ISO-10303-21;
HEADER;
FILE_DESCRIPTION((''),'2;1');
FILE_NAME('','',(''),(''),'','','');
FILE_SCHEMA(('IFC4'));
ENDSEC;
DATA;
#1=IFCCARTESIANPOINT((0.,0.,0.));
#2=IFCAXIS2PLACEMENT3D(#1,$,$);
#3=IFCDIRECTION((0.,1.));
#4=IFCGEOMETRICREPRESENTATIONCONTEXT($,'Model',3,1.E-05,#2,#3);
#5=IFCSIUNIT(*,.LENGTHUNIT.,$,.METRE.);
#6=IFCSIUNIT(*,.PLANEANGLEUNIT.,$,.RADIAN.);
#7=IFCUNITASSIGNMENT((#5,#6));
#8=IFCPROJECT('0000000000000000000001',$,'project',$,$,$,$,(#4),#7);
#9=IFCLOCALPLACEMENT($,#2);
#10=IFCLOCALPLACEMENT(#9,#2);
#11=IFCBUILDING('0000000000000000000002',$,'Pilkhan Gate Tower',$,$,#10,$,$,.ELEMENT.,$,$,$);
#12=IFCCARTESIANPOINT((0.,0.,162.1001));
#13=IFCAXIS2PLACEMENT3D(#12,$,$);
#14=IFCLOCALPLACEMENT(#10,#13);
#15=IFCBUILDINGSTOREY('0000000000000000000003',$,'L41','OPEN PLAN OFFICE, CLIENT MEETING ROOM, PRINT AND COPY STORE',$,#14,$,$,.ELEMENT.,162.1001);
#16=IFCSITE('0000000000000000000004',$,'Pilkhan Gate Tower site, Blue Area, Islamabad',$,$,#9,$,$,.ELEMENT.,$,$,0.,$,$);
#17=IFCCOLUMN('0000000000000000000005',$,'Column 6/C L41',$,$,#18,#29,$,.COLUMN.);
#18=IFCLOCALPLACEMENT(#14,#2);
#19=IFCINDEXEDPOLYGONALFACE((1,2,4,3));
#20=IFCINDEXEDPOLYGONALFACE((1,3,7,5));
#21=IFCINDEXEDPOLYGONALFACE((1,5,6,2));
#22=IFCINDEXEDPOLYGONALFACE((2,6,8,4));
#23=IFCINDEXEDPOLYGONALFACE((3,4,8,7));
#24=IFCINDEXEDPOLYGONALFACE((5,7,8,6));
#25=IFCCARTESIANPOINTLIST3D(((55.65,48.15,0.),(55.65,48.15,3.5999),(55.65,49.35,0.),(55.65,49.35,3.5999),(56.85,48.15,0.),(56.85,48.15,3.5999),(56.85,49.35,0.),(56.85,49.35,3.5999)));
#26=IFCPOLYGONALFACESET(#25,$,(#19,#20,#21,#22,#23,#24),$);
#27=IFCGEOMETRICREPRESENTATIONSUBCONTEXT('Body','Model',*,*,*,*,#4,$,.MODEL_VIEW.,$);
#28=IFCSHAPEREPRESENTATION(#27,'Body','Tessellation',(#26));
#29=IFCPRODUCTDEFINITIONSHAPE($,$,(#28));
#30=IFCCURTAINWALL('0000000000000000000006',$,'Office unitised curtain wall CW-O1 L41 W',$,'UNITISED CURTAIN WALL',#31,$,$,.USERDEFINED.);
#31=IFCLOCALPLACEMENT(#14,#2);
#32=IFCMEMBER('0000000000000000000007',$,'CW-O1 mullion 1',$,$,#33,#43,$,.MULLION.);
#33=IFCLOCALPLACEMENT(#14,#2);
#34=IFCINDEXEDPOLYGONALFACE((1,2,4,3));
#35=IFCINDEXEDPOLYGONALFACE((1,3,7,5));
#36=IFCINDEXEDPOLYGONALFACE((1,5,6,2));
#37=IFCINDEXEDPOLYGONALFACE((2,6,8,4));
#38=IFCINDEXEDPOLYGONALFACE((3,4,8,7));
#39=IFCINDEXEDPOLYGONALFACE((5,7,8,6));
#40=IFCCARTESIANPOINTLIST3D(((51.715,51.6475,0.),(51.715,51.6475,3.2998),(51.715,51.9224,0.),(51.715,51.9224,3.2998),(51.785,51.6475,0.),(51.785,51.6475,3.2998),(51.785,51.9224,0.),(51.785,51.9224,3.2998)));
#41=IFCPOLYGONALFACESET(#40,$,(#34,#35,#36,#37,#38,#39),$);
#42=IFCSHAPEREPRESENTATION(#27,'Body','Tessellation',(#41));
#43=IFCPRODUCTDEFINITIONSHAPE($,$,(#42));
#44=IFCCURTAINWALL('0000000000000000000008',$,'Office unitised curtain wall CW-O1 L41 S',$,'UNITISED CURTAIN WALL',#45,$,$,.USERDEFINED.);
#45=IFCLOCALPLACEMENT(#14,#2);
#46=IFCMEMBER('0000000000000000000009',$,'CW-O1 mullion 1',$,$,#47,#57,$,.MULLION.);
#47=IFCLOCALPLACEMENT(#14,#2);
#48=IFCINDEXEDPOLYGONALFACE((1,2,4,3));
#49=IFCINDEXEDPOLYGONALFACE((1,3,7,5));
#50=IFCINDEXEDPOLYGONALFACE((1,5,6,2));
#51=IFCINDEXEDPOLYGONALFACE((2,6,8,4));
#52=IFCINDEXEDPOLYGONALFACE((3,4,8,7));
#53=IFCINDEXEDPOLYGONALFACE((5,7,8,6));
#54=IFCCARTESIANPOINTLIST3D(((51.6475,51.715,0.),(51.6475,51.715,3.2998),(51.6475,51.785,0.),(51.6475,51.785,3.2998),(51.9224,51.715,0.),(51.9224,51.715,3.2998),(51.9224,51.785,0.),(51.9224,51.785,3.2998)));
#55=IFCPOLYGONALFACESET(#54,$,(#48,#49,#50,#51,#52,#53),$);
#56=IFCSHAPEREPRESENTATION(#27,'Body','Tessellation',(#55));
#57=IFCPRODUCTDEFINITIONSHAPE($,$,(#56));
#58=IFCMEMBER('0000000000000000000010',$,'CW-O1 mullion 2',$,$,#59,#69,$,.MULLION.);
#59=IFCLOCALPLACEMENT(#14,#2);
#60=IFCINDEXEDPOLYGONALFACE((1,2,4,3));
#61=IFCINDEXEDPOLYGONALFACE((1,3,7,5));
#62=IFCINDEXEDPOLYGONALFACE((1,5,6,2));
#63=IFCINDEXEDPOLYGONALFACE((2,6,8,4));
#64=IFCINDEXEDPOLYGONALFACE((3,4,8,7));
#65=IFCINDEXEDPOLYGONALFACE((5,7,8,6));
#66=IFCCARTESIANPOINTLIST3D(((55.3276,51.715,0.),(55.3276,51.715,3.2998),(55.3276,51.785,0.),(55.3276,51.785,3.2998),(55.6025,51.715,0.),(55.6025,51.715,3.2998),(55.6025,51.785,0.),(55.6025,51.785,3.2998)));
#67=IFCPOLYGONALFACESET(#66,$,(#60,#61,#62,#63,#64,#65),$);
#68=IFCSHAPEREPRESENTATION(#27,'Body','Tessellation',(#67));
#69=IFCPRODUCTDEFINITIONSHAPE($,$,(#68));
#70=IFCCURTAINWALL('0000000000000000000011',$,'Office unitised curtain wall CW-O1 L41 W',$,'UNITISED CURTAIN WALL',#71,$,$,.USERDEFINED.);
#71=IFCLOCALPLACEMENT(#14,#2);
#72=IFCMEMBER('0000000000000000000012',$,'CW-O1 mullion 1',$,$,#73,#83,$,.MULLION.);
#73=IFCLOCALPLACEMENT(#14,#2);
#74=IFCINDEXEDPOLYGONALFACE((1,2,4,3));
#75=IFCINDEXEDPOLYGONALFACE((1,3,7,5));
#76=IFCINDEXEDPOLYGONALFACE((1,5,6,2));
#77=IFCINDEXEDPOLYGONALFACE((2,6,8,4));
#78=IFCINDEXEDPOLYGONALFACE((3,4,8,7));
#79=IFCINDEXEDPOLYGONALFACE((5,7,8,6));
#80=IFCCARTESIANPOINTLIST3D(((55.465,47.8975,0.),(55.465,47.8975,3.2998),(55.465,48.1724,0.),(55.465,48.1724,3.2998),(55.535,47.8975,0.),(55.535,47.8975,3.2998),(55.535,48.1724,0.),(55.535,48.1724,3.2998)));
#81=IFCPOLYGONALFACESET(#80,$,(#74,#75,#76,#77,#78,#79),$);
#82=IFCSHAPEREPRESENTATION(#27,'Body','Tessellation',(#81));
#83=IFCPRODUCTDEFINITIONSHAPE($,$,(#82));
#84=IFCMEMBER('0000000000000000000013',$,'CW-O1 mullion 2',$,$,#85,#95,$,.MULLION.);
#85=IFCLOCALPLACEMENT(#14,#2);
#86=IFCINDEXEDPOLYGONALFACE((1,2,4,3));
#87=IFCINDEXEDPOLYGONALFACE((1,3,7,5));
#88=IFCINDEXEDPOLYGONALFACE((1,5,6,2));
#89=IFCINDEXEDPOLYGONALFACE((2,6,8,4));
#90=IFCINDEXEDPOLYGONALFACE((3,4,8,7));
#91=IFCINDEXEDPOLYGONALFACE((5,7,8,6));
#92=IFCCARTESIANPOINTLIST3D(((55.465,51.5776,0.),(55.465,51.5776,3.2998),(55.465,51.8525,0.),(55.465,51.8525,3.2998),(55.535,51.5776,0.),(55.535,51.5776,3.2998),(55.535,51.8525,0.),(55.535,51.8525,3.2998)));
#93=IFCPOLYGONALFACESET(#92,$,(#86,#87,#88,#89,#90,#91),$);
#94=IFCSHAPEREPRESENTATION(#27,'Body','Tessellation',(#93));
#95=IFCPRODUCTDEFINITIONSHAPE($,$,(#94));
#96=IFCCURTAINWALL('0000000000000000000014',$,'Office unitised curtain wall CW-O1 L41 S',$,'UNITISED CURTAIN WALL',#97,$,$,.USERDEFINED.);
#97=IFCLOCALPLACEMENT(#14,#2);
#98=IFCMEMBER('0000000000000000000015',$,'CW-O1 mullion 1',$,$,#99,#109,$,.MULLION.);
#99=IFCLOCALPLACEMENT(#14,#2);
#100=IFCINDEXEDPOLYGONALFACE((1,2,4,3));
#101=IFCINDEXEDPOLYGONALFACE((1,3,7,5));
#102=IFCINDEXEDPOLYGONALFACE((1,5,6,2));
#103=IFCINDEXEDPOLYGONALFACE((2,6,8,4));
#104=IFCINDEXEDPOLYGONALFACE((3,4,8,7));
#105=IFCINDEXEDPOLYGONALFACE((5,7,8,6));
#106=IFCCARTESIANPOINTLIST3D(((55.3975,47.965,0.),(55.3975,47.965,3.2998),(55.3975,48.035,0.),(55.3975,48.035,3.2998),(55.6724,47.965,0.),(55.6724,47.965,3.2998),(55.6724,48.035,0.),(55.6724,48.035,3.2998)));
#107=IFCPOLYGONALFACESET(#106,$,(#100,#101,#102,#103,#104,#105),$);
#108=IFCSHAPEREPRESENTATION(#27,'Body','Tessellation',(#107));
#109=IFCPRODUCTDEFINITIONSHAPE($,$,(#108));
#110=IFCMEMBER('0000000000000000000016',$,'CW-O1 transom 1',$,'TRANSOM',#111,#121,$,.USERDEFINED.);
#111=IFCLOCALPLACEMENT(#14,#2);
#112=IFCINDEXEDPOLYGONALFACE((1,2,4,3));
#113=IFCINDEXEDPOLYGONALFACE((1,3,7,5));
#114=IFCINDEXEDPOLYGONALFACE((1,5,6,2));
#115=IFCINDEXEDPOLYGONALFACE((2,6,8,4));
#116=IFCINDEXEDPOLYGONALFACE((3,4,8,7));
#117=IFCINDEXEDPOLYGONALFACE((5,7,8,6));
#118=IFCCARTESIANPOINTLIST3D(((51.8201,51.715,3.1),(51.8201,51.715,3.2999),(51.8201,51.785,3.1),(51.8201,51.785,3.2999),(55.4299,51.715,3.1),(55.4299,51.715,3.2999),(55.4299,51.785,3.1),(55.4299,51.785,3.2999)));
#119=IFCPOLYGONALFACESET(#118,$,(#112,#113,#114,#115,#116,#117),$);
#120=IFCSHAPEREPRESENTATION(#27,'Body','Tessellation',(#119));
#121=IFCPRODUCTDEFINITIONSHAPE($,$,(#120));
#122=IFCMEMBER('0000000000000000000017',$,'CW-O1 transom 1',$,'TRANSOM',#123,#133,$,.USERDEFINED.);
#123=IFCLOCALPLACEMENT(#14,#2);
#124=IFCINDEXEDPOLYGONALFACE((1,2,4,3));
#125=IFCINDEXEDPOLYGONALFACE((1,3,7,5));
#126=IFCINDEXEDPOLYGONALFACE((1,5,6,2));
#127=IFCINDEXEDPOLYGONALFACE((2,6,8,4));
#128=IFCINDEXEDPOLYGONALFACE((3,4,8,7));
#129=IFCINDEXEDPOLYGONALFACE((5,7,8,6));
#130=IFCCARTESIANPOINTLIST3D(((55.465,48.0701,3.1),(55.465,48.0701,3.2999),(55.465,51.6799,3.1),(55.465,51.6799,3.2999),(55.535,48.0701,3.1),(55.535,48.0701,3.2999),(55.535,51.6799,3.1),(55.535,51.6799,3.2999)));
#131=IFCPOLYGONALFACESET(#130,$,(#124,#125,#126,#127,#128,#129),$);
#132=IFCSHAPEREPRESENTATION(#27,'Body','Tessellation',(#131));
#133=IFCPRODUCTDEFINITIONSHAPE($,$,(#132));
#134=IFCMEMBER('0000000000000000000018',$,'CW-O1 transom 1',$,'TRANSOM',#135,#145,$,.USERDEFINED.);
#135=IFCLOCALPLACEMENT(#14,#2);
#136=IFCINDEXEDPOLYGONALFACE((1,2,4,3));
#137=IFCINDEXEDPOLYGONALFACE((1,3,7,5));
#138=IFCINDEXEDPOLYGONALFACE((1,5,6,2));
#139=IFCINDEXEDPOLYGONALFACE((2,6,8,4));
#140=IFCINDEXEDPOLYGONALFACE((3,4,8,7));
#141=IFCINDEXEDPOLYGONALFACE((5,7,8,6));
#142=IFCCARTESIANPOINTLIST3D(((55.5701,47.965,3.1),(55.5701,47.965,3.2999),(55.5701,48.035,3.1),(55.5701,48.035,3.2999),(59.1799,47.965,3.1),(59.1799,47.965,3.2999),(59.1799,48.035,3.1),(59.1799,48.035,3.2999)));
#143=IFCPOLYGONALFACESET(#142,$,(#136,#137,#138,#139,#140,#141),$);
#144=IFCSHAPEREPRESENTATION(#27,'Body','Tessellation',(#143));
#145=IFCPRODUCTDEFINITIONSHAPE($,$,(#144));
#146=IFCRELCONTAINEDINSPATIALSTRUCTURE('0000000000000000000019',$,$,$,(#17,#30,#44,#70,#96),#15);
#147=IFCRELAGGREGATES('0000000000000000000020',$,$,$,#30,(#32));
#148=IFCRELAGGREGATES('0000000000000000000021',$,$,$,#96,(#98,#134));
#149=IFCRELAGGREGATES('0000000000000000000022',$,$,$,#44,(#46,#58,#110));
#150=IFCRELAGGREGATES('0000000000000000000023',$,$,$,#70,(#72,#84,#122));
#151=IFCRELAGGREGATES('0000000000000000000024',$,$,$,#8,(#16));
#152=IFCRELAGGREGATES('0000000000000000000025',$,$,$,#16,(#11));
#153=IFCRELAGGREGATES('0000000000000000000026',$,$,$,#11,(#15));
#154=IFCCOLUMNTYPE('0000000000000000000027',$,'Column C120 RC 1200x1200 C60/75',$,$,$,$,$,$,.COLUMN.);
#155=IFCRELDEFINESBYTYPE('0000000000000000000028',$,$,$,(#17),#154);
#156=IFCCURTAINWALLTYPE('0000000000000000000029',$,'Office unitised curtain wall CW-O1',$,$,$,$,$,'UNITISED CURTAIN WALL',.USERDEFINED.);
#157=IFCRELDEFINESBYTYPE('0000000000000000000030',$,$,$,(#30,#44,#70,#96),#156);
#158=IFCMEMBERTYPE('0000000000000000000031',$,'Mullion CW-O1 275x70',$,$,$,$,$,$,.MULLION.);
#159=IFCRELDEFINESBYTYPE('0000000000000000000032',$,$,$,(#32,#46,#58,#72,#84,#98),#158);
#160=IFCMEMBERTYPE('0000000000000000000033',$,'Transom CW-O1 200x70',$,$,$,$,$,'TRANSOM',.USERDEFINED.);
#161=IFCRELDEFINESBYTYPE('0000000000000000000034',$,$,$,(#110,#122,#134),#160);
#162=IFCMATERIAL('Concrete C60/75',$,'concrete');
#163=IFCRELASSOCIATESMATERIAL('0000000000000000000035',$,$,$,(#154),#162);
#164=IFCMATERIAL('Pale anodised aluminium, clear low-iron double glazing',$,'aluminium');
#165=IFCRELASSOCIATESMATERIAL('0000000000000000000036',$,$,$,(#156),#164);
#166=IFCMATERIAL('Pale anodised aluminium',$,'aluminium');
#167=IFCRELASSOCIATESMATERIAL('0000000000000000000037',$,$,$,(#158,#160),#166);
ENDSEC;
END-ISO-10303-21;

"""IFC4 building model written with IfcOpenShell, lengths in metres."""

from ifc_helpers import new_model, si_unit, direction, frame, origin, origin_2d, place, context, subcontext, project, spatial, rectangle, extrude, material, material_profile, profile_set, type_object, element, aggregate, save


model = new_model("IFC4")

# Units and contexts
model_context = context("Model", 3, precision=1e-05, world=origin(), true_north=direction((0.0, 1.0)))
body_context = subcontext(model_context, "Body", "Model", "MODEL_VIEW")
ifc_project = project(units=[si_unit("LENGTHUNIT", "METRE"), si_unit("PLANEANGLEUNIT", "RADIAN")], contexts=[model_context])

# Site, building, storey
site_placement = place(None, origin())
site = spatial("IfcSite", under=ifc_project, at=site_placement, Name="Pilkhan Gate Tower site, Blue Area, Islamabad", CompositionType="ELEMENT", RefElevation=0.0)
building_placement = place(site_placement, origin())
building = spatial("IfcBuilding", under=site, at=building_placement, Name="Pilkhan Gate Tower", CompositionType="ELEMENT")
storey_placement = place(building_placement, frame((0.0, 0.0, 162.1001)))
storey = spatial("IfcBuildingStorey", under=building, at=storey_placement, Name="L41", Description="OPEN PLAN OFFICE, CLIENT MEETING ROOM, PRINT AND COPY STORE", CompositionType="ELEMENT", Elevation=162.1001)

# Column
ifc_material_1 = material(Name="Concrete C60/75", Category="concrete")
ifc_material_profile_1 = material_profile(ifc_material_1, rectangle(XDim=1.2, YDim=1.2, at=origin_2d()), Name="RC 1200x1200")
ifc_profile_set_1 = profile_set([ifc_material_profile_1], Name="Concrete C60/75")
column_type = type_object("IfcColumnType", Name="Column C120 RC 1200x1200 C60/75", PredefinedType="COLUMN", material=ifc_profile_set_1)
column_placement = place(storey_placement, frame((56.25, 48.75, 0.0), z_axis=(0.0, 0.0, 1.0), x_axis=(1.0, 0.0, 0.0)))
element("IfcColumn", 1, at=column_placement, inside=storey, type_object=column_type, Name="Column 6/C L41", PredefinedType="COLUMN", context=body_context, shape_type="SweptSolid", body=[
    extrude(rectangle(XDim=1.2, YDim=1.2, at=origin_2d()), origin(), (0.0, 0.0, 1.0), 3.5999),
])

# Curtain wall, member
ifc_material_2 = material(Name="Pale anodised aluminium, clear low-iron double glazing", Category="aluminium")
curtain_wall_type = type_object("IfcCurtainWallType", Name="Office unitised curtain wall CW-O1", ElementType="UNITISED CURTAIN WALL", PredefinedType="USERDEFINED", material=ifc_material_2)
curtain_wall_1_placement = place(storey_placement, origin())
curtain_wall_1 = element("IfcCurtainWall", 2, at=curtain_wall_1_placement, inside=storey, type_object=curtain_wall_type, Name="Office unitised curtain wall CW-O1 L41 W", ObjectType="UNITISED CURTAIN WALL", PredefinedType="USERDEFINED")
ifc_material_3 = material(Name="Pale anodised aluminium", Category="aluminium")
ifc_material_profile_2 = material_profile(ifc_material_3, rectangle(XDim=0.0701, YDim=0.2749, at=origin_2d()), Name="Mullion 275x70")
ifc_profile_set_2 = profile_set([ifc_material_profile_2], Name="Pale anodised aluminium")
member_type_1 = type_object("IfcMemberType", Name="Mullion CW-O1 275x70", PredefinedType="MULLION", material=ifc_profile_set_2)
member_1_placement = place(storey_placement, frame((51.75, 51.7849, 0.0), z_axis=(0.0, 0.0, 1.0), x_axis=(-1.0, 0.0, 0.0)))
member_1 = element("IfcMember", 3, at=member_1_placement, type_object=member_type_1, Name="CW-O1 mullion 1", PredefinedType="MULLION", context=body_context, shape_type="SweptSolid", body=[
    extrude(rectangle(XDim=0.0701, YDim=0.2749, at=origin_2d()), origin(), (0.0, 0.0, 1.0), 3.2998),
])
aggregate(curtain_wall_1, [member_1])

# Curtain walls, members
curtain_wall_2_placement = place(storey_placement, origin())
curtain_wall_2 = element("IfcCurtainWall", 4, at=curtain_wall_2_placement, inside=storey, type_object=curtain_wall_type, Name="Office unitised curtain wall CW-O1 L41 S", ObjectType="UNITISED CURTAIN WALL", PredefinedType="USERDEFINED")
member_2_placement = place(storey_placement, frame((51.7849, 51.75, 0.0), z_axis=(0.0, 0.0, 1.0), x_axis=(0.0, 1.0, 0.0)))
member_2 = element("IfcMember", 5, at=member_2_placement, type_object=member_type_1, Name="CW-O1 mullion 1", PredefinedType="MULLION", context=body_context, shape_type="SweptSolid", body=[
    extrude(rectangle(XDim=0.0701, YDim=0.2749, at=origin_2d()), origin(), (0.0, 0.0, 1.0), 3.2998),
])
member_3_placement = place(storey_placement, frame((55.4651, 51.75, 0.0), z_axis=(0.0, 0.0, 1.0), x_axis=(0.0, 1.0, 0.0)))
member_3 = element("IfcMember", 6, at=member_3_placement, type_object=member_type_1, Name="CW-O1 mullion 2", PredefinedType="MULLION", context=body_context, shape_type="SweptSolid", body=[
    extrude(rectangle(XDim=0.0701, YDim=0.2749, at=origin_2d()), origin(), (0.0, 0.0, 1.0), 3.2998),
])
curtain_wall_3_placement = place(storey_placement, origin())
curtain_wall_3 = element("IfcCurtainWall", 7, at=curtain_wall_3_placement, inside=storey, type_object=curtain_wall_type, Name="Office unitised curtain wall CW-O1 L41 W", ObjectType="UNITISED CURTAIN WALL", PredefinedType="USERDEFINED")
member_4_placement = place(storey_placement, frame((55.5, 48.0349, 0.0), z_axis=(0.0, 0.0, 1.0), x_axis=(-1.0, 0.0, 0.0)))
member_4 = element("IfcMember", 8, at=member_4_placement, type_object=member_type_1, Name="CW-O1 mullion 1", PredefinedType="MULLION", context=body_context, shape_type="SweptSolid", body=[
    extrude(rectangle(XDim=0.0701, YDim=0.2749, at=origin_2d()), origin(), (0.0, 0.0, 1.0), 3.2998),
])
member_5_placement = place(storey_placement, frame((55.5, 51.7151, 0.0), z_axis=(0.0, 0.0, 1.0), x_axis=(-1.0, 0.0, 0.0)))
member_5 = element("IfcMember", 9, at=member_5_placement, type_object=member_type_1, Name="CW-O1 mullion 2", PredefinedType="MULLION", context=body_context, shape_type="SweptSolid", body=[
    extrude(rectangle(XDim=0.0701, YDim=0.2749, at=origin_2d()), origin(), (0.0, 0.0, 1.0), 3.2998),
])

# Curtain wall, member
curtain_wall_4_placement = place(storey_placement, origin())
curtain_wall_4 = element("IfcCurtainWall", 10, at=curtain_wall_4_placement, inside=storey, type_object=curtain_wall_type, Name="Office unitised curtain wall CW-O1 L41 S", ObjectType="UNITISED CURTAIN WALL", PredefinedType="USERDEFINED")
member_6_placement = place(storey_placement, frame((55.5349, 48.0, 0.0), z_axis=(0.0, 0.0, 1.0), x_axis=(0.0, 1.0, 0.0)))
member_6 = element("IfcMember", 11, at=member_6_placement, type_object=member_type_1, Name="CW-O1 mullion 1", PredefinedType="MULLION", context=body_context, shape_type="SweptSolid", body=[
    extrude(rectangle(XDim=0.0701, YDim=0.2749, at=origin_2d()), origin(), (0.0, 0.0, 1.0), 3.2998),
])

# Members
ifc_material_profile_3 = material_profile(ifc_material_3, rectangle(XDim=0.0701, YDim=0.2, at=origin_2d()), Name="Transom 200x70")
ifc_profile_set_3 = profile_set([ifc_material_profile_3], Name="Pale anodised aluminium")
member_type_2 = type_object("IfcMemberType", Name="Transom CW-O1 200x70", ElementType="TRANSOM", PredefinedType="USERDEFINED", material=ifc_profile_set_3)
member_7_placement = place(storey_placement, frame((51.8201, 51.75, 3.2), z_axis=(1.0, 0.0, 0.0), x_axis=(0.0, 1.0, 0.0)))
member_7 = element("IfcMember", 12, at=member_7_placement, type_object=member_type_2, Name="CW-O1 transom 1", ObjectType="TRANSOM", PredefinedType="USERDEFINED", context=body_context, shape_type="SweptSolid", body=[
    extrude(rectangle(XDim=0.0701, YDim=0.2, at=origin_2d()), origin(), (0.0, 0.0, 1.0), 3.6099),
])
member_8_placement = place(storey_placement, frame((55.5, 48.0701, 3.2), z_axis=(0.0, 1.0, 0.0), x_axis=(-1.0, 0.0, 0.0)))
member_8 = element("IfcMember", 13, at=member_8_placement, type_object=member_type_2, Name="CW-O1 transom 1", ObjectType="TRANSOM", PredefinedType="USERDEFINED", context=body_context, shape_type="SweptSolid", body=[
    extrude(rectangle(XDim=0.0701, YDim=0.2, at=origin_2d()), origin(), (0.0, 0.0, 1.0), 3.6099),
])
member_9_placement = place(storey_placement, frame((55.5701, 48.0, 3.2), z_axis=(1.0, 0.0, 0.0), x_axis=(0.0, 1.0, 0.0)))
member_9 = element("IfcMember", 14, at=member_9_placement, type_object=member_type_2, Name="CW-O1 transom 1", ObjectType="TRANSOM", PredefinedType="USERDEFINED", context=body_context, shape_type="SweptSolid", body=[
    extrude(rectangle(XDim=0.0701, YDim=0.2, at=origin_2d()), origin(), (0.0, 0.0, 1.0), 3.6099),
])
aggregate(curtain_wall_4, [member_6, member_9])

aggregate(curtain_wall_2, [member_2, member_3, member_7])
aggregate(curtain_wall_3, [member_4, member_5, member_8])

save(model, "model.ifc")
